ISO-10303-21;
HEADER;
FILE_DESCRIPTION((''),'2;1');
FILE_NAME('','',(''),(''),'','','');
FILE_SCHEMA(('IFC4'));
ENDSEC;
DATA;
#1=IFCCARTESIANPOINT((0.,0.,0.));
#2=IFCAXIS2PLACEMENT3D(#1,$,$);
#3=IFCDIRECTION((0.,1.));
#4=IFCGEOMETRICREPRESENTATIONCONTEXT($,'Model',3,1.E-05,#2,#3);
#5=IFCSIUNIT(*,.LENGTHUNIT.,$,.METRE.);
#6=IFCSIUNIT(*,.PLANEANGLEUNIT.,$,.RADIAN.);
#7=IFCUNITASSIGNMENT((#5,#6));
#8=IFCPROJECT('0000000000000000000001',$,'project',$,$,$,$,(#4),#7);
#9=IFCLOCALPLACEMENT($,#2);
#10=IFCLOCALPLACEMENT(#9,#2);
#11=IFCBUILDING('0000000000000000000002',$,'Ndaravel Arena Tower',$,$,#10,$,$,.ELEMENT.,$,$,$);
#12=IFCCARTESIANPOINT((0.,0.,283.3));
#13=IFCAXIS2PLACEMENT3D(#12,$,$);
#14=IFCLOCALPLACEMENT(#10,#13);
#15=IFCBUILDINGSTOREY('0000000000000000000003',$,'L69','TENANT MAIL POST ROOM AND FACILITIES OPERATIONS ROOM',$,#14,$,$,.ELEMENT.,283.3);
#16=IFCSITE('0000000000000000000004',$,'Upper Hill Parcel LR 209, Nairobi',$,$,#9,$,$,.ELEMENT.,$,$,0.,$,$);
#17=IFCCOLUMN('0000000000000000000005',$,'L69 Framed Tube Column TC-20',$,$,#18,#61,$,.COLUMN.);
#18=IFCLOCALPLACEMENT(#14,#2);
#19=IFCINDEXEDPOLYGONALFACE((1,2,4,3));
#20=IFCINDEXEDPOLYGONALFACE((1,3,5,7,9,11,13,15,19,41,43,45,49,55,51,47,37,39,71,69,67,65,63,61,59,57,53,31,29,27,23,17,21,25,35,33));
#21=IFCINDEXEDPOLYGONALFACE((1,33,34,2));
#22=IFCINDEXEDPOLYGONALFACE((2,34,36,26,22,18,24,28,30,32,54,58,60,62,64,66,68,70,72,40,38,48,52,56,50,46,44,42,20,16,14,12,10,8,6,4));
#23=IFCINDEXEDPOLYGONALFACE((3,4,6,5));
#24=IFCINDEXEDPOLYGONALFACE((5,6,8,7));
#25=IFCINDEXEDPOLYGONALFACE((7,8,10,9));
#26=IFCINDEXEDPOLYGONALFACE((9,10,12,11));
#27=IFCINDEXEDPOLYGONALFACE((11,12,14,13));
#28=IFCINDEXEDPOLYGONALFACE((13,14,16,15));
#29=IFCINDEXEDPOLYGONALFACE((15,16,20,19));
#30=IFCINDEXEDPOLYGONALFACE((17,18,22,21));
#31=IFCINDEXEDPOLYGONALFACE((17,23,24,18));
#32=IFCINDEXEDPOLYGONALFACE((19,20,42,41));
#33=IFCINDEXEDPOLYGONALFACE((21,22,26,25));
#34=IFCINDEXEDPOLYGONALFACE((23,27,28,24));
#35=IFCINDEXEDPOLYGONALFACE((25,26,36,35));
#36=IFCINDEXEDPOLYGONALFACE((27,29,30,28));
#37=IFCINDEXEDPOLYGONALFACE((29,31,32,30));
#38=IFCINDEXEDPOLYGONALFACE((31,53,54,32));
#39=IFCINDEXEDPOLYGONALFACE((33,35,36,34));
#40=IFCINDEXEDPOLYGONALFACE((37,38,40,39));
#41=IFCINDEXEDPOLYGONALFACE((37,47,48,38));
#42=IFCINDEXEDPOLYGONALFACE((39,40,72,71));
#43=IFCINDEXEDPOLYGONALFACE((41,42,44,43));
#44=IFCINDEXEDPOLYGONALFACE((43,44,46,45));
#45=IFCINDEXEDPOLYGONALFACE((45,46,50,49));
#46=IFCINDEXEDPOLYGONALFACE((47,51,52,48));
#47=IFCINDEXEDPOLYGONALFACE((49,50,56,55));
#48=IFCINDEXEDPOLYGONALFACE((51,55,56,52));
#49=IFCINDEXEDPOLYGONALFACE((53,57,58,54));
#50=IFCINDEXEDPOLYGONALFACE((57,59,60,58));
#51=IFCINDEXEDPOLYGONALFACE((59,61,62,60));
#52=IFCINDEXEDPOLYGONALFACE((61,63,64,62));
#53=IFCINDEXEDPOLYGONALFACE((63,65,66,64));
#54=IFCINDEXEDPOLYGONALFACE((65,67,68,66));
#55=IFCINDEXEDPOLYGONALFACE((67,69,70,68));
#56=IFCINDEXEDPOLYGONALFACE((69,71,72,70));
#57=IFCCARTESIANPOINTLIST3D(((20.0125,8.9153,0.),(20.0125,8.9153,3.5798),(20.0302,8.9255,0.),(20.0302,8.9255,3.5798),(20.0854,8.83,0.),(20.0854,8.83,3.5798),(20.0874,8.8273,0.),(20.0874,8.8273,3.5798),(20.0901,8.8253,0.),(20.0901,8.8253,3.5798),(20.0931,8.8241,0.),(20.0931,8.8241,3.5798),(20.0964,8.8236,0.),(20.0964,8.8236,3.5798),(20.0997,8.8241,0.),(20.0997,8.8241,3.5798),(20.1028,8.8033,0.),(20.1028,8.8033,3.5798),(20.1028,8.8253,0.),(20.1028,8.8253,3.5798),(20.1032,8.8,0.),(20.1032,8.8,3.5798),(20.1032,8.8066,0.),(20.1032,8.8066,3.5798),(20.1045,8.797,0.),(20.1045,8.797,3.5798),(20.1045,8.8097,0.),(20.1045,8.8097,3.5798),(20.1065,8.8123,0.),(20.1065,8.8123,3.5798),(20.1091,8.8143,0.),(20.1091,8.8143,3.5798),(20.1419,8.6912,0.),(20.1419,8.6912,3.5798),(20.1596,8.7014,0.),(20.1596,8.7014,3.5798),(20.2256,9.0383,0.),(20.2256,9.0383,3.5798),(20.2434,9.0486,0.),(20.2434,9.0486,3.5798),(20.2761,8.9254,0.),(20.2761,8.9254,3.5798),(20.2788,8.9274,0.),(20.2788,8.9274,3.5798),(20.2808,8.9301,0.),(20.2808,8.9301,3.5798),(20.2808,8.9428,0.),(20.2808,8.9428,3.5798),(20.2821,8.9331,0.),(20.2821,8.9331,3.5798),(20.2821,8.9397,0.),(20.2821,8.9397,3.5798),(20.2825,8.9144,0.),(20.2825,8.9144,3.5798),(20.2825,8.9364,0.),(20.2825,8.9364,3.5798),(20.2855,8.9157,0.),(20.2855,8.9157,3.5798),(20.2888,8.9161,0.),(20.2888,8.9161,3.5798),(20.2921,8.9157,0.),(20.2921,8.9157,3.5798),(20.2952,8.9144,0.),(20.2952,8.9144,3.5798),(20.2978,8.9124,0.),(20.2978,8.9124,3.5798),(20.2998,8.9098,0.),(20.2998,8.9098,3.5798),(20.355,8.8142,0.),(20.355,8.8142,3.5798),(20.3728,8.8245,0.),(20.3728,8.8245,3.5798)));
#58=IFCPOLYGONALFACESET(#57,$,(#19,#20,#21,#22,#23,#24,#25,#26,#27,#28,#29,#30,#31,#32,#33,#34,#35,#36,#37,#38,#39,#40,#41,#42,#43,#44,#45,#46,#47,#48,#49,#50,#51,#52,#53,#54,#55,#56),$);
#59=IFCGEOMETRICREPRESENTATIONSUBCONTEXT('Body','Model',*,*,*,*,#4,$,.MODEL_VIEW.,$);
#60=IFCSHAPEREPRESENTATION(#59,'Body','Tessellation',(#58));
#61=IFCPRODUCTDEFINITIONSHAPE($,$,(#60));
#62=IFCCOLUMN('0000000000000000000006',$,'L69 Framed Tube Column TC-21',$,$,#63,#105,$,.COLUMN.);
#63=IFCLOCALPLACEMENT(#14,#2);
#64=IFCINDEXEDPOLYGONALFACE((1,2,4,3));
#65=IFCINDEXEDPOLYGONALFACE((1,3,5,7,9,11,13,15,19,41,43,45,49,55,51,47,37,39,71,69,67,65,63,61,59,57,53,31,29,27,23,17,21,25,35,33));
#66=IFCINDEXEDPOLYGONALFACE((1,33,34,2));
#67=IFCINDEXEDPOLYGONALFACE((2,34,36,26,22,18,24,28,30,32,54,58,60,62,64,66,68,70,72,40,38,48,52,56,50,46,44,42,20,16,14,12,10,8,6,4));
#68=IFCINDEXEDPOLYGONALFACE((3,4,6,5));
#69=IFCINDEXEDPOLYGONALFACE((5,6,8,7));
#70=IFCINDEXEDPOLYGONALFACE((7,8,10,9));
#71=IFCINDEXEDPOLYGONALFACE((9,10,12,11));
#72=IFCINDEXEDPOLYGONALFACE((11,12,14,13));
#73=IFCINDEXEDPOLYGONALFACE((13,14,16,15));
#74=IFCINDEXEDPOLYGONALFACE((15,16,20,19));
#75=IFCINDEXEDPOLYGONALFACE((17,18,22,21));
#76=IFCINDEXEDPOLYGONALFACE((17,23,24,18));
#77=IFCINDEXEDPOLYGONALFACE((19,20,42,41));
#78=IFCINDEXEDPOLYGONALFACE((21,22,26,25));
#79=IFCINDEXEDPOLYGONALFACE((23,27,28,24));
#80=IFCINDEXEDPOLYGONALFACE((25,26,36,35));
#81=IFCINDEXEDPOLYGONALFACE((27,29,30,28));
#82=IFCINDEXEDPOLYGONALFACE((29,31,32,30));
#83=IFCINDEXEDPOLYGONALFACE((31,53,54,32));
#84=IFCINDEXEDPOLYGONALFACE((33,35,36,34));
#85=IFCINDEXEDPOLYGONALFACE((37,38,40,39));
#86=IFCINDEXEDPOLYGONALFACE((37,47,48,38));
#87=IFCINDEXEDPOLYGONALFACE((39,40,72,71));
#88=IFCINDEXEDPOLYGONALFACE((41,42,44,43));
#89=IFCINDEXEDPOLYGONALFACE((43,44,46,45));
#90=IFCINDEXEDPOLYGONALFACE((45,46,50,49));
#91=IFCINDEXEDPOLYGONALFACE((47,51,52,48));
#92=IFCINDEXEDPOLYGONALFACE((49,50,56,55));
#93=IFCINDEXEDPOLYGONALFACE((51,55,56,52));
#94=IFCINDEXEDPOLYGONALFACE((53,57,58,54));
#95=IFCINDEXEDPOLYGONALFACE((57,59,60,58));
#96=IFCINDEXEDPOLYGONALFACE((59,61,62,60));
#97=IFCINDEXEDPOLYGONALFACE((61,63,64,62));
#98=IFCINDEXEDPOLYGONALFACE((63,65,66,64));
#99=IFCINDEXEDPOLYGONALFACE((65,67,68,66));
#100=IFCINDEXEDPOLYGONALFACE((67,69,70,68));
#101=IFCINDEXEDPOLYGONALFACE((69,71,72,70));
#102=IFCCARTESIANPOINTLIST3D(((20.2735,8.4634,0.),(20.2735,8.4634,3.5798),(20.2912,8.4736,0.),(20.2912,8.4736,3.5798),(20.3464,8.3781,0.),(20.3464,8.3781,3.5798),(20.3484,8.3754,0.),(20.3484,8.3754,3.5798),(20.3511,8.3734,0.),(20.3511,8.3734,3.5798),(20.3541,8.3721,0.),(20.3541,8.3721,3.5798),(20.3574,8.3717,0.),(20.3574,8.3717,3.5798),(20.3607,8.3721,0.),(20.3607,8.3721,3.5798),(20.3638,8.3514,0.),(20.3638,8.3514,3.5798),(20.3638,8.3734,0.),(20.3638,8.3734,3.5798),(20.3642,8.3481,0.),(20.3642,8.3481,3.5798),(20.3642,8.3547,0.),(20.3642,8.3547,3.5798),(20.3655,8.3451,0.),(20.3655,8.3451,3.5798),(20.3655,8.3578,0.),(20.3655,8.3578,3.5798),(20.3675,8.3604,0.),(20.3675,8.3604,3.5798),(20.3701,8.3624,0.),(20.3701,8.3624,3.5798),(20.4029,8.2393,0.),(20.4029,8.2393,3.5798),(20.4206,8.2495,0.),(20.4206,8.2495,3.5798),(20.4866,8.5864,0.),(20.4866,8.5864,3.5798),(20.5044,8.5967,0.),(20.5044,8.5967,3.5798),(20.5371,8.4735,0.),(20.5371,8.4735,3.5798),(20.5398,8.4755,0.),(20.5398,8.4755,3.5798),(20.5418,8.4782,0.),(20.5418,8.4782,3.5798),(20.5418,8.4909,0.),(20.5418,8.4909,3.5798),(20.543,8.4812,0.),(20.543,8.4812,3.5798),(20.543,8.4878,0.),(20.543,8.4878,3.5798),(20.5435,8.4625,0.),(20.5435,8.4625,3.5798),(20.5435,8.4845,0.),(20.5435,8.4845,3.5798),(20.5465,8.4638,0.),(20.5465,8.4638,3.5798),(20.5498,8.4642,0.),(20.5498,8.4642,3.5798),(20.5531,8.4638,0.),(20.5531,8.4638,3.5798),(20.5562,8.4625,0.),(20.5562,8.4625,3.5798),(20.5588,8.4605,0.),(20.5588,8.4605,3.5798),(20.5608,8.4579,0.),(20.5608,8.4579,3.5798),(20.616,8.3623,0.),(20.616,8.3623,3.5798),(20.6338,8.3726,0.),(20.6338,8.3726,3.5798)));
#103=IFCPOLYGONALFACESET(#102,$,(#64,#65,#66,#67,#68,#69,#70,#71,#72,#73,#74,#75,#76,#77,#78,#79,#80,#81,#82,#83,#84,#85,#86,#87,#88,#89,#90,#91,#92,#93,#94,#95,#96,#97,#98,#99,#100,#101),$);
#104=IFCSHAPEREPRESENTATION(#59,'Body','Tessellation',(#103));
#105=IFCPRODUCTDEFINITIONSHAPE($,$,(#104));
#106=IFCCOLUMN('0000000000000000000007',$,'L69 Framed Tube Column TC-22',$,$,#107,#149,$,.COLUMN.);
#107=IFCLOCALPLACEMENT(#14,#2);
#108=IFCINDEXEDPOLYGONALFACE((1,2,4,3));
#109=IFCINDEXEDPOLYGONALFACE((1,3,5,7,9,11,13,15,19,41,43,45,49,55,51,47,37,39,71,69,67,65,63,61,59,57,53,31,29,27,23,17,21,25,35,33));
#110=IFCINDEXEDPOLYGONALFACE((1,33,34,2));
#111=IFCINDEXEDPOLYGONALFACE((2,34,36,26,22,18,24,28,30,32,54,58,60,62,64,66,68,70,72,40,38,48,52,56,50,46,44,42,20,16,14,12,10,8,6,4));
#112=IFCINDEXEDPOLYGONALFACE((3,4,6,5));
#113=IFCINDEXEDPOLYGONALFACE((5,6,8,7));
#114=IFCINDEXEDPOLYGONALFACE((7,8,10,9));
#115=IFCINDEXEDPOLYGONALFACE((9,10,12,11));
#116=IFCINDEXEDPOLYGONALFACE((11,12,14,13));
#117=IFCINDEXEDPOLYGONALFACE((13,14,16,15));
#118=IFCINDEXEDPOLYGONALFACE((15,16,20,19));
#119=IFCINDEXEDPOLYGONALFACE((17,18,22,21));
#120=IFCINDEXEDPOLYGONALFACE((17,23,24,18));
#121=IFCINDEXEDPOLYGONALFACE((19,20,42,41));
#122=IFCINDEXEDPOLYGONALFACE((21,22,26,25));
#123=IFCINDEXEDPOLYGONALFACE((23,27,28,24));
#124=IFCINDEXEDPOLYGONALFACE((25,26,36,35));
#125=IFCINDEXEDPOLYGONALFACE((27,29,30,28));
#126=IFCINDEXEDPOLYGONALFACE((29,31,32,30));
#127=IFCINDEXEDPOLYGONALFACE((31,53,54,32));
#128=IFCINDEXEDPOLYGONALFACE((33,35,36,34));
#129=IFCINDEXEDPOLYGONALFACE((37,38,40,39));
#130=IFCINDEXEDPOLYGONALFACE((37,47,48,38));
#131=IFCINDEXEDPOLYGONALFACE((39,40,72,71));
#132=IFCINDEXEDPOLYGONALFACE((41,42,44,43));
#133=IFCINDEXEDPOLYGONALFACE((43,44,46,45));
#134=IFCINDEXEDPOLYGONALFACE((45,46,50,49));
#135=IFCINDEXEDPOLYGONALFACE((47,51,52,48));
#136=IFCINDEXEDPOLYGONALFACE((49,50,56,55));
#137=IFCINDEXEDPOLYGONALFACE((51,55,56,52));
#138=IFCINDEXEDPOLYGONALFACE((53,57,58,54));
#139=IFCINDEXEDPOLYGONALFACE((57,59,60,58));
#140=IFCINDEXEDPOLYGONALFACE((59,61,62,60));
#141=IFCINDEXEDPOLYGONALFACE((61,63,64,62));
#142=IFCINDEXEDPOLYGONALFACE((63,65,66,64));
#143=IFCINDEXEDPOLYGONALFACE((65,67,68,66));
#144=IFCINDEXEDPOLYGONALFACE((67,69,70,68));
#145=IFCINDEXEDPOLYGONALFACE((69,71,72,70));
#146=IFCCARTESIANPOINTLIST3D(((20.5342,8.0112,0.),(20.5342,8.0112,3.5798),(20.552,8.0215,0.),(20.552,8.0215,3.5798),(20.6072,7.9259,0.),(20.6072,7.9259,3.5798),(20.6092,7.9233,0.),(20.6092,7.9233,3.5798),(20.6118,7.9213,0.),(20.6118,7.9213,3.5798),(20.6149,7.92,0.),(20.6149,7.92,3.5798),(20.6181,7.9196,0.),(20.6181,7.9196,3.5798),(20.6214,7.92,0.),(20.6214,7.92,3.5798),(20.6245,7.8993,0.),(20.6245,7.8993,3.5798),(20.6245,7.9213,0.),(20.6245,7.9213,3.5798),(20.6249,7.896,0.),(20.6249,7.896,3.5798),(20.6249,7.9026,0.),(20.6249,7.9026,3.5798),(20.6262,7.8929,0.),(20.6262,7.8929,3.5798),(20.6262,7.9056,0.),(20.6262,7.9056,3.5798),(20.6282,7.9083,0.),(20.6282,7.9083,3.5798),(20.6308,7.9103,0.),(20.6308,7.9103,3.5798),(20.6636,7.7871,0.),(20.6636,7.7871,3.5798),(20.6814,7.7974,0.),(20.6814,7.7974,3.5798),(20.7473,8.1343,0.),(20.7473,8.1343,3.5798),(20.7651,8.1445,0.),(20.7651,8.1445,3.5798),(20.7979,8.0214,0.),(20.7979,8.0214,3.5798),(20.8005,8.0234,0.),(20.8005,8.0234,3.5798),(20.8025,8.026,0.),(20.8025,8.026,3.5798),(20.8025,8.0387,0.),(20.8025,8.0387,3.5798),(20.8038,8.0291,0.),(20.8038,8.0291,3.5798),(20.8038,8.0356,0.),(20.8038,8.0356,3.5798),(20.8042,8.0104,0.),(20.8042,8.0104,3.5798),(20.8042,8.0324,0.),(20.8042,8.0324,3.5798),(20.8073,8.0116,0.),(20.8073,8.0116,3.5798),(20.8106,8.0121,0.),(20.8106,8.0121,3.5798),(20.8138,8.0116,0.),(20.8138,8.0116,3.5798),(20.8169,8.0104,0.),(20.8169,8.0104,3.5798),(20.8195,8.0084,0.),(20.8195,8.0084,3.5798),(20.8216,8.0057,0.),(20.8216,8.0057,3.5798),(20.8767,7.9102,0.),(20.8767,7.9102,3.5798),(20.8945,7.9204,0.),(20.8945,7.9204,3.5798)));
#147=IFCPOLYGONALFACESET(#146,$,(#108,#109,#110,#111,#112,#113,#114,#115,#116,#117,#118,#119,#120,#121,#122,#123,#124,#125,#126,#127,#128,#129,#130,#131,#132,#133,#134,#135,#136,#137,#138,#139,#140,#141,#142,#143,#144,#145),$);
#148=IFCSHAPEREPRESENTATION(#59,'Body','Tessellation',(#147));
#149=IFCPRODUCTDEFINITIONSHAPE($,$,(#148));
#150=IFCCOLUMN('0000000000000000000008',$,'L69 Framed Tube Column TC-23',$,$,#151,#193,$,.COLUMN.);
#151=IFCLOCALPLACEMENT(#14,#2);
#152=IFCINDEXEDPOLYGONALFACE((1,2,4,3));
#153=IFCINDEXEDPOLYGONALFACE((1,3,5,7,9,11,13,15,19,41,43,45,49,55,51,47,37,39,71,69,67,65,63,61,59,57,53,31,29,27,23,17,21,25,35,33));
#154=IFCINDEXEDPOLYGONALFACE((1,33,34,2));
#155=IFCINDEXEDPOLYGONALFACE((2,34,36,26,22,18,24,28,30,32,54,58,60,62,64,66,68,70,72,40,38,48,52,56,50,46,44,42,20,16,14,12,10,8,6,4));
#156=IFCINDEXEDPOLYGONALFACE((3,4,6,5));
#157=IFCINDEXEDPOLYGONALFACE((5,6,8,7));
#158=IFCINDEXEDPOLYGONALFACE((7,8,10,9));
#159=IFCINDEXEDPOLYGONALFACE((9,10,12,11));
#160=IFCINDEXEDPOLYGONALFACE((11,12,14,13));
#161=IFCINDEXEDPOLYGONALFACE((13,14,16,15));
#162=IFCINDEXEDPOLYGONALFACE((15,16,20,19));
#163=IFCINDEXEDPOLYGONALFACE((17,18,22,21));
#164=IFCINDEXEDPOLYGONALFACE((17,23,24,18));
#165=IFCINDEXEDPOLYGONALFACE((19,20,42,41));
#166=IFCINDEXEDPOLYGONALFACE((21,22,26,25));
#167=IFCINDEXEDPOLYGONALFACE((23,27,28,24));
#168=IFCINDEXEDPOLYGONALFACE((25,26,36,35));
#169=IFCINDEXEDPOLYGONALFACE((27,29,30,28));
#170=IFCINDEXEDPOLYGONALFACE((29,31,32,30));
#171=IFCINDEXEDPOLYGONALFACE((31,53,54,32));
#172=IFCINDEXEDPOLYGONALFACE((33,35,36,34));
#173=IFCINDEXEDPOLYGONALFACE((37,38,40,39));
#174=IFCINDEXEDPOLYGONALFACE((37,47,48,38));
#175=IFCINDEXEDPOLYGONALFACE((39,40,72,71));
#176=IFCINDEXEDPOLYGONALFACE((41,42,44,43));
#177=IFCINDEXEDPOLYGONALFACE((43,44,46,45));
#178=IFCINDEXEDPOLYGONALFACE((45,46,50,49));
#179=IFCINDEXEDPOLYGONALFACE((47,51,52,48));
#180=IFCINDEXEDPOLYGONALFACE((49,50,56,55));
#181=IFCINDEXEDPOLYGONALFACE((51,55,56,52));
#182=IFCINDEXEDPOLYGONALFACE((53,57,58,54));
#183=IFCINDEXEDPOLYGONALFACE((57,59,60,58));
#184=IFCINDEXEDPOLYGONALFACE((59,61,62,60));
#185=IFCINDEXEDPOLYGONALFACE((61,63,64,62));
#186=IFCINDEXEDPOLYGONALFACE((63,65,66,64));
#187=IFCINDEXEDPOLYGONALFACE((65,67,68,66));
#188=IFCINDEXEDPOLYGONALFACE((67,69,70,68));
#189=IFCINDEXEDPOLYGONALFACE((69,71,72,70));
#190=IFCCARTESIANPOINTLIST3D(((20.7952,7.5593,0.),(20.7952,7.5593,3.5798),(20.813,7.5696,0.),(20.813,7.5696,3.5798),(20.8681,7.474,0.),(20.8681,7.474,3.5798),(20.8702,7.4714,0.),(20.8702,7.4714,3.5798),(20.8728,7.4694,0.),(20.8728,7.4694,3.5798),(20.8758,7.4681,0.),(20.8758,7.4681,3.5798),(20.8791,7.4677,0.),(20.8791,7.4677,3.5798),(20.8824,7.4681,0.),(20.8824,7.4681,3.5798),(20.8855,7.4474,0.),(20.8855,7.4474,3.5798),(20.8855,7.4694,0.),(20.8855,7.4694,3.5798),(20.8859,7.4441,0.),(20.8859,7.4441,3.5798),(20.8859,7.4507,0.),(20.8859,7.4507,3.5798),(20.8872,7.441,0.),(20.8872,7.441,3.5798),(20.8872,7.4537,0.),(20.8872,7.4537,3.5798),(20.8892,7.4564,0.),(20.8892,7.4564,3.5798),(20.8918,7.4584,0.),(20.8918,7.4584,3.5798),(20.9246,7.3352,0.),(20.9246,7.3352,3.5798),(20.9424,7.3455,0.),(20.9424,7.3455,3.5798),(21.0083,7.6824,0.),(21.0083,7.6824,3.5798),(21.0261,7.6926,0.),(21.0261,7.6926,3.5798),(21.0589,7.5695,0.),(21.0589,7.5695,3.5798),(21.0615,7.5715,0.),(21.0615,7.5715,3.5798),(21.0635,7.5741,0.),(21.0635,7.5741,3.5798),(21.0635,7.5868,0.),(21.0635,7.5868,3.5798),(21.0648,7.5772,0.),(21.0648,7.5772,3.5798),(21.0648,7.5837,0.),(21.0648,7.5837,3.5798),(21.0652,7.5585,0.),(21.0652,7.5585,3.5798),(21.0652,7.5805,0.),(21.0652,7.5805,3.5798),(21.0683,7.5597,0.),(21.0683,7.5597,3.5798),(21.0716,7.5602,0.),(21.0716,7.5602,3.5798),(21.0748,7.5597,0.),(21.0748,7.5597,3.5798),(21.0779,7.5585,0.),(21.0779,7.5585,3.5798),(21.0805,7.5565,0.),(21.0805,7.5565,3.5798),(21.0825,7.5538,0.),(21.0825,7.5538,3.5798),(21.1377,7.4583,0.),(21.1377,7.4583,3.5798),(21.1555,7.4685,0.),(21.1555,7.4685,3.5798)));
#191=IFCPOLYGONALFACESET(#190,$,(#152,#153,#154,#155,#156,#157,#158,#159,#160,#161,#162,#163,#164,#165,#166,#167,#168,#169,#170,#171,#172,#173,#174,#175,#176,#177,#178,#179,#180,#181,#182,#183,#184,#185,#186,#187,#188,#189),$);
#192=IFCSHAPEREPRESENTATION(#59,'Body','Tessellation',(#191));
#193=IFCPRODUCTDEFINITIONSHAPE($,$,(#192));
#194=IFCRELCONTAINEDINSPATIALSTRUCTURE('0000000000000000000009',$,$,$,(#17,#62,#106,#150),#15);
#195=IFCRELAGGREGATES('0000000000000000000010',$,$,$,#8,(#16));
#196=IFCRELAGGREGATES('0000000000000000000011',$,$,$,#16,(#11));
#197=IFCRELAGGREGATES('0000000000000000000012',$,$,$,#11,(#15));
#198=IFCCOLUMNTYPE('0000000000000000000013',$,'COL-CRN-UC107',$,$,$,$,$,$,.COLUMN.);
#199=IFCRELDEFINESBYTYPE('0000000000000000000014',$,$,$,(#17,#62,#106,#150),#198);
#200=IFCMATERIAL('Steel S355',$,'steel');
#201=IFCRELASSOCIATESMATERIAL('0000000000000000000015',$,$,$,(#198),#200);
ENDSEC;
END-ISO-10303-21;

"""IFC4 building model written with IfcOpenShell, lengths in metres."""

from ifc_helpers import new_model, si_unit, direction, frame, origin, origin_2d, place, context, subcontext, project, spatial, i_section, extrude, material, material_profile, profile_set, type_object, element, save


model = new_model("IFC4")

# Units and contexts
model_context = context("Model", 3, precision=1e-05, world=origin(), true_north=direction((0.0, 1.0)))
body_context = subcontext(model_context, "Body", "Model", "MODEL_VIEW")
ifc_project = project(units=[si_unit("LENGTHUNIT", "METRE"), si_unit("PLANEANGLEUNIT", "RADIAN")], contexts=[model_context])

# Site, building, storey
site_placement = place(None, origin())
site = spatial("IfcSite", under=ifc_project, at=site_placement, Name="Upper Hill Parcel LR 209, Nairobi", CompositionType="ELEMENT", RefElevation=0.0)
building_placement = place(site_placement, origin())
building = spatial("IfcBuilding", under=site, at=building_placement, Name="Ndaravel Arena Tower", CompositionType="ELEMENT")
storey_placement = place(building_placement, frame((0.0, 0.0, 283.3)))
storey = spatial("IfcBuildingStorey", under=building, at=storey_placement, Name="L69", Description="TENANT MAIL POST ROOM AND FACILITIES OPERATIONS ROOM", CompositionType="ELEMENT", Elevation=283.3)

# Columns
ifc_material_1 = material(Name="Steel S355", Category="steel")
ifc_material_profile_1 = material_profile(ifc_material_1, i_section(OverallWidth=0.2588, OverallDepth=0.2666, WebThickness=0.0127, FlangeThickness=0.0205, FilletRadius=0.0127, at=origin_2d()), Name="UC 254x254x107")
ifc_profile_set_1 = profile_set([ifc_material_profile_1], Name="Steel S355")
column_type = type_object("IfcColumnType", Name="COL-CRN-UC107", PredefinedType="COLUMN", material=ifc_profile_set_1)
for number, where, z_axis, x_axis, name in (
    (1, (20.1926, 8.8699, 0.0), (0.0, 0.0, 1.0), (-0.5, 0.866025, 0.0), "L69 Framed Tube Column TC-20"),
    (2, (20.4536, 8.418, 0.0), (0.0, 0.0, 1.0), (-0.5, 0.866025, 0.0), "L69 Framed Tube Column TC-21"),
    (3, (20.7144, 7.9658, 0.0), (0.0, 0.0, 1.0), (-0.5, 0.866025, 0.0), "L69 Framed Tube Column TC-22"),
    (4, (20.9753, 7.5139, 0.0), (0.0, 0.0, 1.0), (-0.5, 0.866025, 0.0), "L69 Framed Tube Column TC-23"),
):
    element("IfcColumn", number, at=place(storey_placement, frame(where, z_axis=z_axis, x_axis=x_axis)), inside=storey, type_object=column_type, Name=name, PredefinedType="COLUMN", context=body_context, shape_type="SweptSolid", body=[
        extrude(i_section(OverallWidth=0.2588, OverallDepth=0.2666, WebThickness=0.0127, FlangeThickness=0.0205, FilletRadius=0.0127, at=origin_2d()), origin(), (0.0, 0.0, 1.0), 3.5798),
    ])

save(model, "model.ifc")
